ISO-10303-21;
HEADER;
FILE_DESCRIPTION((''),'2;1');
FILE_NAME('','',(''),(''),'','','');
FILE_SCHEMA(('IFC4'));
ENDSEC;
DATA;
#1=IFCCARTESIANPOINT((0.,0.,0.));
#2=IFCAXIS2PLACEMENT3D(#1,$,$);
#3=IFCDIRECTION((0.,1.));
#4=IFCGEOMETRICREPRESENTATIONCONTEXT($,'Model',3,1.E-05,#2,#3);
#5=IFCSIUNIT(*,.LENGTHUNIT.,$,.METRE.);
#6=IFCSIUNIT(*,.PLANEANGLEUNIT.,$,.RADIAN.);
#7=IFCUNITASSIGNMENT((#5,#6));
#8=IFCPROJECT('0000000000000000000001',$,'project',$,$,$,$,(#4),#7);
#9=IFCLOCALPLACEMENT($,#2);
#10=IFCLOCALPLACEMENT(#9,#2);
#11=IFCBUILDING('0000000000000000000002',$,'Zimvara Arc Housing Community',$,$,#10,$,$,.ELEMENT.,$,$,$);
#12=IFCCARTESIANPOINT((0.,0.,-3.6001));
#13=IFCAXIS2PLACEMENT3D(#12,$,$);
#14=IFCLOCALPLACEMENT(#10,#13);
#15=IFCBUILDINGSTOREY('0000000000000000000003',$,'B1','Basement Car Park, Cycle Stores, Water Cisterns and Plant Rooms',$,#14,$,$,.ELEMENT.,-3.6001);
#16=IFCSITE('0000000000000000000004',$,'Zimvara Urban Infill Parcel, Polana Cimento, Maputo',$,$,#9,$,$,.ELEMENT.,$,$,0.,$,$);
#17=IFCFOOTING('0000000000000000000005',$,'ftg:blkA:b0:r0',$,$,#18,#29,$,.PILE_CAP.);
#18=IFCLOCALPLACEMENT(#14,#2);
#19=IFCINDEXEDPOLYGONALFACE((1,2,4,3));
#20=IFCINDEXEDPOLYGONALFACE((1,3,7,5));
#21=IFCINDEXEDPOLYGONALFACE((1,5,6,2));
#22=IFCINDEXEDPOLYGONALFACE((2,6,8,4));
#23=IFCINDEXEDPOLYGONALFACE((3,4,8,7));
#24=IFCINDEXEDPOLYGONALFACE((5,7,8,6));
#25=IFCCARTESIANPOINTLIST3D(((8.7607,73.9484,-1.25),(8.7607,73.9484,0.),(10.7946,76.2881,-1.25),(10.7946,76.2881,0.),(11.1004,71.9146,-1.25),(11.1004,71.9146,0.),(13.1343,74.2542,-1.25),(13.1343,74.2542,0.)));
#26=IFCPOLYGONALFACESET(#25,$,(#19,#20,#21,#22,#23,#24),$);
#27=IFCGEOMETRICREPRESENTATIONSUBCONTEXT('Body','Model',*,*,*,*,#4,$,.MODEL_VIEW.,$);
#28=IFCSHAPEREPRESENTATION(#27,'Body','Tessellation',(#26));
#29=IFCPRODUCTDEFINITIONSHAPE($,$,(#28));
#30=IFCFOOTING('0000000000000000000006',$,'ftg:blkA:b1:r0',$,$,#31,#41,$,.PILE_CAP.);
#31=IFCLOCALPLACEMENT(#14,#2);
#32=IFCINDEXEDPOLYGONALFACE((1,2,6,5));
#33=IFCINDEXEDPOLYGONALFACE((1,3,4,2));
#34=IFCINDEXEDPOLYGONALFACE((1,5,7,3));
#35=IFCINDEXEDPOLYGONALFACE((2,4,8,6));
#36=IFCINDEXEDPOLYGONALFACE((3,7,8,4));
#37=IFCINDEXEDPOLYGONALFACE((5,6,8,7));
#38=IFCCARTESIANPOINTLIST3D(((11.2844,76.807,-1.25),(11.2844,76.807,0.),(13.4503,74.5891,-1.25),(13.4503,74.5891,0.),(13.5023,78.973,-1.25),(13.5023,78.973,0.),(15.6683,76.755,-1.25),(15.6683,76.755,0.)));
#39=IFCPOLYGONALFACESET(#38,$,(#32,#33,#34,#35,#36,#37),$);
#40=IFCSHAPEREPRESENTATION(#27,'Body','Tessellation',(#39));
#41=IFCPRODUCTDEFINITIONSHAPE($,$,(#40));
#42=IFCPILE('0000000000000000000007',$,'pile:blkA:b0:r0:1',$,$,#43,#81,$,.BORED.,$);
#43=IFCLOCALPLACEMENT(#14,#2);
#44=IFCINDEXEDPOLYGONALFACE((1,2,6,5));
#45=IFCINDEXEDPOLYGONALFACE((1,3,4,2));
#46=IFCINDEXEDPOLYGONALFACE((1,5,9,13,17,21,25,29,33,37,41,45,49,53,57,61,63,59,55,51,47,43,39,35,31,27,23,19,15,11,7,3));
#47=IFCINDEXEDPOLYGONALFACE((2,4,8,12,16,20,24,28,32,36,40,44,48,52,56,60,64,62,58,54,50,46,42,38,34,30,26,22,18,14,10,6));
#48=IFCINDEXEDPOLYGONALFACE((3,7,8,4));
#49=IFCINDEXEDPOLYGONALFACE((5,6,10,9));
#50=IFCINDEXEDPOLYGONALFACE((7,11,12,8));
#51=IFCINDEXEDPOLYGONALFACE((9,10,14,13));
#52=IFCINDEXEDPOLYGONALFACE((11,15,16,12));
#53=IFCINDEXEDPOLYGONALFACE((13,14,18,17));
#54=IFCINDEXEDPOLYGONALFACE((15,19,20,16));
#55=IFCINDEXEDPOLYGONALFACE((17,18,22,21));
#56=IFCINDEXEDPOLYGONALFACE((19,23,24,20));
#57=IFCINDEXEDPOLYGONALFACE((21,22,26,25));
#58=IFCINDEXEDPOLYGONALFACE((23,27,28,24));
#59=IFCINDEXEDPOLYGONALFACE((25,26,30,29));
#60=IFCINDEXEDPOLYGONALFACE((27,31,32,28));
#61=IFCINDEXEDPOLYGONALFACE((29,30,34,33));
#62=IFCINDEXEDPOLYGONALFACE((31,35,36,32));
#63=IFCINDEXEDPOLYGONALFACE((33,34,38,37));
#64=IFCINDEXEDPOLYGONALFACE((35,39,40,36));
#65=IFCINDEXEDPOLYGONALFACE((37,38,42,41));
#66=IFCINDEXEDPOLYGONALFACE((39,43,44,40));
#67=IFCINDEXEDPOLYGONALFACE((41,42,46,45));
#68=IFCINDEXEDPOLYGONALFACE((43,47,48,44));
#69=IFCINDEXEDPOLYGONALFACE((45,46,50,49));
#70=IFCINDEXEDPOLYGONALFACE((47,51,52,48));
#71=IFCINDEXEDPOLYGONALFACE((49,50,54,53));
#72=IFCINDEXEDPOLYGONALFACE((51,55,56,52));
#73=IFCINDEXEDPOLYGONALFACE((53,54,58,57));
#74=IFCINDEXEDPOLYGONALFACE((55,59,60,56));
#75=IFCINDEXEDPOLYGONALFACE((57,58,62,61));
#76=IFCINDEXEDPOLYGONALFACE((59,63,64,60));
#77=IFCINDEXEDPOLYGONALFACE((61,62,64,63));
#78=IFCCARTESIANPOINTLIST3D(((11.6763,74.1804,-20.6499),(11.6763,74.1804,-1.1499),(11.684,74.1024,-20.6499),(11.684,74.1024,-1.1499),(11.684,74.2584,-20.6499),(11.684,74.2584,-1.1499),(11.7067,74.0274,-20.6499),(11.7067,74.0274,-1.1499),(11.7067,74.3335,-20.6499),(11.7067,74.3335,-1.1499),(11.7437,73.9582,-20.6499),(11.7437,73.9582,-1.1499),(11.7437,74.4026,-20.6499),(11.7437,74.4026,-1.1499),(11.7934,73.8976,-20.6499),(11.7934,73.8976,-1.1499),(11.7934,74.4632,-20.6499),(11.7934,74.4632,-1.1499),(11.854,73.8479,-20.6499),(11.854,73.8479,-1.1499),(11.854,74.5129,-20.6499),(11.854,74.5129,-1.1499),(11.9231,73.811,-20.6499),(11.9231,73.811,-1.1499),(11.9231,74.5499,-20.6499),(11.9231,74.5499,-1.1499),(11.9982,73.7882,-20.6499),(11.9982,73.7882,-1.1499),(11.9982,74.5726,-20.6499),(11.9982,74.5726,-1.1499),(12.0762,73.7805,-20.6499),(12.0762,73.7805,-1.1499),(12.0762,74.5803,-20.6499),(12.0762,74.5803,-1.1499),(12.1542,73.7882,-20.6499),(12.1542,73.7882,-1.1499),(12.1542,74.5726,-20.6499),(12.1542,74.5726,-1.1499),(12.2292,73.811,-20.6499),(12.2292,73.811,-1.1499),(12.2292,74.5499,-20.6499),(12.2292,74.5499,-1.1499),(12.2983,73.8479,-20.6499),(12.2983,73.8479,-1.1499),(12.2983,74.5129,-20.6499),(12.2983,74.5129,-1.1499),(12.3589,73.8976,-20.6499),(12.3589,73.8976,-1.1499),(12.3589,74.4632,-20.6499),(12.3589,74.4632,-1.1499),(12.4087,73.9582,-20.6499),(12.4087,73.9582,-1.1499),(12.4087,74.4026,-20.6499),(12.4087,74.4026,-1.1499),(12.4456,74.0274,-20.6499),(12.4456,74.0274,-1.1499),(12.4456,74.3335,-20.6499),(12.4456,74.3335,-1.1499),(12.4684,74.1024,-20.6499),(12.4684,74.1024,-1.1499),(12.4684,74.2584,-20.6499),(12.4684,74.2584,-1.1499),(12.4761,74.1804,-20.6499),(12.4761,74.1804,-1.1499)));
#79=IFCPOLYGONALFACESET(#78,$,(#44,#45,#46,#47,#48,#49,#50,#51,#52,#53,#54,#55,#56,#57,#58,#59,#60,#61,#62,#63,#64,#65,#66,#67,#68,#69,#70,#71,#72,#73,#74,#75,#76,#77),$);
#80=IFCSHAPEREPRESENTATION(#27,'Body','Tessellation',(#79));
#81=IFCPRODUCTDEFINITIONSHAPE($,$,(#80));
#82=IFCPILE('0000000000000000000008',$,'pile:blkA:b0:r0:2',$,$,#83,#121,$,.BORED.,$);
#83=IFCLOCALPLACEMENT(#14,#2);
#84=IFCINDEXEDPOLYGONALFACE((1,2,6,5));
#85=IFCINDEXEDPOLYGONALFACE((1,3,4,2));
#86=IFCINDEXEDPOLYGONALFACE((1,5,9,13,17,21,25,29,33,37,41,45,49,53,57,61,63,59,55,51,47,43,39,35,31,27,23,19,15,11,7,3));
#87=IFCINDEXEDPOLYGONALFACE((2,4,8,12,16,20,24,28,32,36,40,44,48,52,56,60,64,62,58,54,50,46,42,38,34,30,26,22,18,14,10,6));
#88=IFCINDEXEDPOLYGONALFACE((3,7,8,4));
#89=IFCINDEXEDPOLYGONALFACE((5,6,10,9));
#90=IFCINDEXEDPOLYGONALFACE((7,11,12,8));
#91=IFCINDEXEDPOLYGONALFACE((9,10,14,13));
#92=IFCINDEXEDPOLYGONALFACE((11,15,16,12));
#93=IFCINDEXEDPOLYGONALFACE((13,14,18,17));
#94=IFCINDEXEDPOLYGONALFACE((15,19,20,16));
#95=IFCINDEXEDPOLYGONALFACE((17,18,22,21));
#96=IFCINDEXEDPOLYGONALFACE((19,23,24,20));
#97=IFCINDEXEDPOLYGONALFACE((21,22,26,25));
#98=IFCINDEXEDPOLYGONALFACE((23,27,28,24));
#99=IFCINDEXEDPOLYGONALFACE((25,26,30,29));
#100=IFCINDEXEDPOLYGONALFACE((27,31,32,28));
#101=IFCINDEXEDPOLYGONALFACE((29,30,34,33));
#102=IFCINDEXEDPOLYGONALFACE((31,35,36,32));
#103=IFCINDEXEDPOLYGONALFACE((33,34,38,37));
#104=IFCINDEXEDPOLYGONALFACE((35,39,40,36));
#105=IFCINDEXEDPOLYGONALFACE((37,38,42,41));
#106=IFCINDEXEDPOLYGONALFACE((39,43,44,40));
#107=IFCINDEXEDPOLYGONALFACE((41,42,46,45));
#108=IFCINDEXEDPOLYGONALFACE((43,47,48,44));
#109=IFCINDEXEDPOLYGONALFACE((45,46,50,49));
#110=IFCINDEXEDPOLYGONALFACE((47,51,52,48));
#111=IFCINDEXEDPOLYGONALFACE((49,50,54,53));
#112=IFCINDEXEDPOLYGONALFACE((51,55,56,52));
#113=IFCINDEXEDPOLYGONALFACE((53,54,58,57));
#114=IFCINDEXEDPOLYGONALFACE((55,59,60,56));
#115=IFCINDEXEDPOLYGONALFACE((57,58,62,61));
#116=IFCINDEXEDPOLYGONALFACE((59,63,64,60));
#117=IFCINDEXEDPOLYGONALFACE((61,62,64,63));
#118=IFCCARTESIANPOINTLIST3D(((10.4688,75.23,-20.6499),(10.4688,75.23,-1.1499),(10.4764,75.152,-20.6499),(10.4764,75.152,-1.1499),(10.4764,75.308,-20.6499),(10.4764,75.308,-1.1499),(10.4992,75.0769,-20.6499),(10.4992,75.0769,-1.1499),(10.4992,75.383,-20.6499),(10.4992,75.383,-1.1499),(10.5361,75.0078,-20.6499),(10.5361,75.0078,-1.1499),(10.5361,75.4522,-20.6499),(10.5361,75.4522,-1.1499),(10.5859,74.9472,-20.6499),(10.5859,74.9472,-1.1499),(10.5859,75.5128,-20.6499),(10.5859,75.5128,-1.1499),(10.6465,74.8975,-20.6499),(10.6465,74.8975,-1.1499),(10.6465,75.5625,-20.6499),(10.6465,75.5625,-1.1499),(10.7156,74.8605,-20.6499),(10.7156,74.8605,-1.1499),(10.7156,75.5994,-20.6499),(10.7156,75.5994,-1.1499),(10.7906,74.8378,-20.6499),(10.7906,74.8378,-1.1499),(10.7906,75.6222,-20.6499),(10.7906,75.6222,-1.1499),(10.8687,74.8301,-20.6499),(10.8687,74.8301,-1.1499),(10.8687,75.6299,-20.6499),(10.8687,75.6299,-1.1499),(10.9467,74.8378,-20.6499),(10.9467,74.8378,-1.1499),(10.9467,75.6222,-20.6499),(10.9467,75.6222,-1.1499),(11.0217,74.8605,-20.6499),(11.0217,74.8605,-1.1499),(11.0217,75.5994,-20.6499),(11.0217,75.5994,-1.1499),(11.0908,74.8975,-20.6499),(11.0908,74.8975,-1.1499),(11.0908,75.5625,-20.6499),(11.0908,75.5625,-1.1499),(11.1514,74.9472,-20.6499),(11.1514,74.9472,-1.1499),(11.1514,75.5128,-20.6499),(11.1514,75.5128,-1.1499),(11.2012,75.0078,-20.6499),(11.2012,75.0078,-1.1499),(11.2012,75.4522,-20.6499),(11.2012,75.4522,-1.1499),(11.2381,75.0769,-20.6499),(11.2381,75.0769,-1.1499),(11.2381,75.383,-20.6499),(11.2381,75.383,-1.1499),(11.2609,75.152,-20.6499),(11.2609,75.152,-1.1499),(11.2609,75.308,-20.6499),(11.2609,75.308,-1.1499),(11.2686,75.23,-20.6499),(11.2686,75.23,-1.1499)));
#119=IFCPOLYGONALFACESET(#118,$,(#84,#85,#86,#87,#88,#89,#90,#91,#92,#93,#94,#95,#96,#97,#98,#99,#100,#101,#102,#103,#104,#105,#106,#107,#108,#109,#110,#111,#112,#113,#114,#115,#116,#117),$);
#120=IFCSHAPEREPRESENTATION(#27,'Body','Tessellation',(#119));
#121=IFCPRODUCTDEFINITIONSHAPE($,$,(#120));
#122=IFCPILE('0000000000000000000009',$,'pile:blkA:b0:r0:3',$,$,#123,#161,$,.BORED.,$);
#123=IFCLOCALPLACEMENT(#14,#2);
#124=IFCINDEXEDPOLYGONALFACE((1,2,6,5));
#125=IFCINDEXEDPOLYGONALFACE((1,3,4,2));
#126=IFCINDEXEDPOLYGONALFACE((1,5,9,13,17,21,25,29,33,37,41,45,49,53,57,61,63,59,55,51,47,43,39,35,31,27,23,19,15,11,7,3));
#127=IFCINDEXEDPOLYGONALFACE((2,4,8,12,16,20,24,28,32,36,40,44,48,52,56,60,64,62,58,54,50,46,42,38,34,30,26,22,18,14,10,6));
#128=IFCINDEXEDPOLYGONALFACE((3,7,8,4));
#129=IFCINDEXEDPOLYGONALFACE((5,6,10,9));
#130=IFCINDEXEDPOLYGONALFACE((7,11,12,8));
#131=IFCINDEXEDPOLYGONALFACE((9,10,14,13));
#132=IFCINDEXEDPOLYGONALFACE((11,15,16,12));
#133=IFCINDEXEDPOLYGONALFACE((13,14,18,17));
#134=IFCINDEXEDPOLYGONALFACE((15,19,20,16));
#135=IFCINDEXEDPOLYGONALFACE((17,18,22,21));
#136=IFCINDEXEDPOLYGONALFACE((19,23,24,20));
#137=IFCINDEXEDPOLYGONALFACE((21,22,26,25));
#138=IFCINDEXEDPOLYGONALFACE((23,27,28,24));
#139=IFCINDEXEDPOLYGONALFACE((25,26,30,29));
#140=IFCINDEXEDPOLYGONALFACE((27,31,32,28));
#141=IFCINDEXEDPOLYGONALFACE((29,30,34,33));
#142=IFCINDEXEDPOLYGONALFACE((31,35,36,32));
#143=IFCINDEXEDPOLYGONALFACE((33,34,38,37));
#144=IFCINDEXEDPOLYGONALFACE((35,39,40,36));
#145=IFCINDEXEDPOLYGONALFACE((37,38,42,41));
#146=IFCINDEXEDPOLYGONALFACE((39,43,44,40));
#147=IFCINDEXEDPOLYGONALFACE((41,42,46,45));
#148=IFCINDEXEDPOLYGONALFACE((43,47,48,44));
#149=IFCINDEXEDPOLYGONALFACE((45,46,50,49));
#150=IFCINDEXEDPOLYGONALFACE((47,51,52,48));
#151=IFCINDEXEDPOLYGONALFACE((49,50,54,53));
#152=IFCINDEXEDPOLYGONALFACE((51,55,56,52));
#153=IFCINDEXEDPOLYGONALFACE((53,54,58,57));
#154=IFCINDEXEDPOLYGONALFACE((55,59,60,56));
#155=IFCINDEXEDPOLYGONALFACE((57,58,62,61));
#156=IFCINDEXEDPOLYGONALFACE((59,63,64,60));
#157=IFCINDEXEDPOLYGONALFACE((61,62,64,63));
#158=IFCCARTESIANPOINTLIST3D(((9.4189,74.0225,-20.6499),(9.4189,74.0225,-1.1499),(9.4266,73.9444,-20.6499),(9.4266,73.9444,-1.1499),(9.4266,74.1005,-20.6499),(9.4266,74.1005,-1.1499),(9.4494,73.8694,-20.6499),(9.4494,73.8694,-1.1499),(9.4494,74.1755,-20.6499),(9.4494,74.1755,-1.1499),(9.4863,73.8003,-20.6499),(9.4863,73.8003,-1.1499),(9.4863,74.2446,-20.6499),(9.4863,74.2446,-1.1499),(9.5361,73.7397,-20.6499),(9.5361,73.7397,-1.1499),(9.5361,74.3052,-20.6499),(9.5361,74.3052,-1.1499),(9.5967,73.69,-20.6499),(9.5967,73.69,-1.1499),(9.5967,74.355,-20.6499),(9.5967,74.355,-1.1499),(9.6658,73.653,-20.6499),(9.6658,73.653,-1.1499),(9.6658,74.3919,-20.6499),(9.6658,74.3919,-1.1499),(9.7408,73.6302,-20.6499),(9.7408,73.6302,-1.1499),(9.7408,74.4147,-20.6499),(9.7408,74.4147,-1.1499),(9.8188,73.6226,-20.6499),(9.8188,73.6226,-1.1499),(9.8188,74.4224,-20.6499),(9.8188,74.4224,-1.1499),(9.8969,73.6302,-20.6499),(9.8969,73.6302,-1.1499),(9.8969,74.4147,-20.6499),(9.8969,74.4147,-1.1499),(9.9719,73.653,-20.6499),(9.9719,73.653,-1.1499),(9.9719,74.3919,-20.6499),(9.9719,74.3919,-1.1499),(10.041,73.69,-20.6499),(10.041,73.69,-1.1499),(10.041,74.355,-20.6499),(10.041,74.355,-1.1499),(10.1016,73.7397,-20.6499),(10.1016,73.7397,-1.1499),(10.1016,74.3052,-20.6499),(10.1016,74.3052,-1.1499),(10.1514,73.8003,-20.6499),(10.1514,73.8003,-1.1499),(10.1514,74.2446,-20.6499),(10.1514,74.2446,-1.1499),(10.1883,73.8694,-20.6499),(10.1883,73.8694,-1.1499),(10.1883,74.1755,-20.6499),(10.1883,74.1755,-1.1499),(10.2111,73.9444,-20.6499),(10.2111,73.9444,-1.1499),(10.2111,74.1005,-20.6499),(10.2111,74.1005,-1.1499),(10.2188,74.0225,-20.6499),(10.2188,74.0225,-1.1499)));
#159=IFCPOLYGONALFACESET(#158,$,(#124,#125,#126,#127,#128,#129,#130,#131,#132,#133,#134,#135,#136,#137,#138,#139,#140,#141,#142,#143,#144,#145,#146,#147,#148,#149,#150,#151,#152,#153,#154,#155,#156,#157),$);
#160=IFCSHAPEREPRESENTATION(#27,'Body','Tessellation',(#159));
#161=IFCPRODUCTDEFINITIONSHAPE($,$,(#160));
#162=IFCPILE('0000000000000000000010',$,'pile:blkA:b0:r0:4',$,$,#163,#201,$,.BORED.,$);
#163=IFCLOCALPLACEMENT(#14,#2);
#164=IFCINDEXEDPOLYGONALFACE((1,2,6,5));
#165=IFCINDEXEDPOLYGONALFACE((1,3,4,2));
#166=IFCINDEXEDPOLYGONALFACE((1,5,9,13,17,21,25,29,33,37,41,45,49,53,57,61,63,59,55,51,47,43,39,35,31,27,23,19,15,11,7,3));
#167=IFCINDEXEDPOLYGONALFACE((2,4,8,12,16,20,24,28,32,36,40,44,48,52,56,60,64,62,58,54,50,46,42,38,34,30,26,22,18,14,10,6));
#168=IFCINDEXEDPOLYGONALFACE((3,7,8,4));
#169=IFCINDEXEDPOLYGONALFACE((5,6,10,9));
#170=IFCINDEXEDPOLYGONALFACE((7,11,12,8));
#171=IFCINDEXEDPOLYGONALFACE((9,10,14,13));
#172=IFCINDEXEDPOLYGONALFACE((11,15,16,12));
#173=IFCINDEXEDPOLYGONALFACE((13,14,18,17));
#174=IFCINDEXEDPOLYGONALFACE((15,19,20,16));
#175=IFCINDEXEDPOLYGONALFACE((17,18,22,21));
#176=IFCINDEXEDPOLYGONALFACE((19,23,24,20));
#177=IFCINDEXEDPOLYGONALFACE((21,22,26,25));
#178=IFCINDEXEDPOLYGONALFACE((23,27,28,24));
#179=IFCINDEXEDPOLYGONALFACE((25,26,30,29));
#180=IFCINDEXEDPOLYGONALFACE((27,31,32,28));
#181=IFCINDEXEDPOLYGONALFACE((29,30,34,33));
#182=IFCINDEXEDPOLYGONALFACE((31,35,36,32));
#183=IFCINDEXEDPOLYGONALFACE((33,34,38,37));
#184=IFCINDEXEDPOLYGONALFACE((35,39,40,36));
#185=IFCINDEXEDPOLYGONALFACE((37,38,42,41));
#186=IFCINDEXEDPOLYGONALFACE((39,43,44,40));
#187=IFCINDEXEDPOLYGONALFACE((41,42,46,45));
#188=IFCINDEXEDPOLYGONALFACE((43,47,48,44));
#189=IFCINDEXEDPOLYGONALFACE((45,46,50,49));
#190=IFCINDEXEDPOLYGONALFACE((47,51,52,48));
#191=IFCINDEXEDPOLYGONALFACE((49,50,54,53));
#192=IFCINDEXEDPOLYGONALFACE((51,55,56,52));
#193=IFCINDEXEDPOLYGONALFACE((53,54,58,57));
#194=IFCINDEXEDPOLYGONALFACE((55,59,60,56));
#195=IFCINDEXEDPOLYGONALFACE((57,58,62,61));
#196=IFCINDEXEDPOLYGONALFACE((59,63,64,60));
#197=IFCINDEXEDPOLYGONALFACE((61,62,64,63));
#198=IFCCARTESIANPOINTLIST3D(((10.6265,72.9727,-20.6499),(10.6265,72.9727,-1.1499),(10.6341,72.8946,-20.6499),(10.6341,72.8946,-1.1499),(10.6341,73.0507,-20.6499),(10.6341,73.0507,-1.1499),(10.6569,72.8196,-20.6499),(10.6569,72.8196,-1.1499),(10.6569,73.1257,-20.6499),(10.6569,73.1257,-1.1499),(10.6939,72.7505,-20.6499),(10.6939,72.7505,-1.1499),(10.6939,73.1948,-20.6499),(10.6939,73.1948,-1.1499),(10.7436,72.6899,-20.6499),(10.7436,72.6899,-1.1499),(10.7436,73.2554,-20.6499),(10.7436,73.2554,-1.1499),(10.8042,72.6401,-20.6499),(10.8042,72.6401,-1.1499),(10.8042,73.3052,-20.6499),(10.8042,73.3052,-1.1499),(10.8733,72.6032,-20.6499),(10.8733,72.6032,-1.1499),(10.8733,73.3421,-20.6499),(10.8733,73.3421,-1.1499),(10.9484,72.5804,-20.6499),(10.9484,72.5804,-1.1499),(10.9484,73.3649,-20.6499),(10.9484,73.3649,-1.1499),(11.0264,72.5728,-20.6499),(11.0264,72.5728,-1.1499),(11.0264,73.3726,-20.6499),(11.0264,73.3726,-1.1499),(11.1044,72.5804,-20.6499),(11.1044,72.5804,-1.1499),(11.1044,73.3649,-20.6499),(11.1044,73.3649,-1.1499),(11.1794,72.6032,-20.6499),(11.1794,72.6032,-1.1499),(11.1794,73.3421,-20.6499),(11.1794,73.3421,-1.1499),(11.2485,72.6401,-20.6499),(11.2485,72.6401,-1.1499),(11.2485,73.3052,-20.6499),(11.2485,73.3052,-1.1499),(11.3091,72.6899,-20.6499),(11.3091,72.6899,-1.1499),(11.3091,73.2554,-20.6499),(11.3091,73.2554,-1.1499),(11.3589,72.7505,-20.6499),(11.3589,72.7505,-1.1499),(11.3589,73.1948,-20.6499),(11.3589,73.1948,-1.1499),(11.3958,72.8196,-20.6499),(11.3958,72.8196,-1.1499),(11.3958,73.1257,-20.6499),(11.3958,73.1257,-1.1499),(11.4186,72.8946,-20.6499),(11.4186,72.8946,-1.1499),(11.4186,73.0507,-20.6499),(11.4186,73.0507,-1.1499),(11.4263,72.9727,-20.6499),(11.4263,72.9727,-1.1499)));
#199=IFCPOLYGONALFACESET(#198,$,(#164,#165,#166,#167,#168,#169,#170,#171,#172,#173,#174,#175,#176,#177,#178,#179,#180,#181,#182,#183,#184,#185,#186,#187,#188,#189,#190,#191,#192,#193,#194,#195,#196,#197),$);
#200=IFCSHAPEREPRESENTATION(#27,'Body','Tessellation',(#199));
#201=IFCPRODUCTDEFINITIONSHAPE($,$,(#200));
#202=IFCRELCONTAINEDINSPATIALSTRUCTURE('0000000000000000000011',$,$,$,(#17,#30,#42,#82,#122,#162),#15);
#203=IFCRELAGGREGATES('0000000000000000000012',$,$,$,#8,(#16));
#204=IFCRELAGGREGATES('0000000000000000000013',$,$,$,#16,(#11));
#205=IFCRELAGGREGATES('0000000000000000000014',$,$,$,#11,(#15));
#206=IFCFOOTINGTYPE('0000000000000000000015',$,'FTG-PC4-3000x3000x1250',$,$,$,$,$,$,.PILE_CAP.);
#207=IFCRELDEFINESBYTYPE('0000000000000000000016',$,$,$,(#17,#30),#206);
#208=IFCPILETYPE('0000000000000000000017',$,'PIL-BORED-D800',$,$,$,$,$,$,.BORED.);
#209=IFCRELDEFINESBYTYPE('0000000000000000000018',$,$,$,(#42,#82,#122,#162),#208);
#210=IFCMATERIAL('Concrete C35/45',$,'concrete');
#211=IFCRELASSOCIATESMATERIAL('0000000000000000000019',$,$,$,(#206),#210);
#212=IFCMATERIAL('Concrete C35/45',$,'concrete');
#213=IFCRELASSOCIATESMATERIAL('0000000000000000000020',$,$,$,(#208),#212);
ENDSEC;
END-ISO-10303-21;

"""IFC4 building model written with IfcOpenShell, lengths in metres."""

from ifc_helpers import new_model, si_unit, direction, frame, origin, origin_2d, place, context, subcontext, project, spatial, rectangle, circle, extrude, material, material_profile, profile_set, type_object, element, save


model = new_model("IFC4")

# Units and contexts
model_context = context("Model", 3, precision=1e-05, world=origin(), true_north=direction((0.0, 1.0)))
body_context = subcontext(model_context, "Body", "Model", "MODEL_VIEW")
ifc_project = project(units=[si_unit("LENGTHUNIT", "METRE"), si_unit("PLANEANGLEUNIT", "RADIAN")], contexts=[model_context])

# Site, building, storey
site_placement = place(None, origin())
site = spatial("IfcSite", under=ifc_project, at=site_placement, Name="Zimvara Urban Infill Parcel, Polana Cimento, Maputo", CompositionType="ELEMENT", RefElevation=0.0)
building_placement = place(site_placement, origin())
building = spatial("IfcBuilding", under=site, at=building_placement, Name="Zimvara Arc Housing Community", CompositionType="ELEMENT")
storey_placement = place(building_placement, frame((0.0, 0.0, -3.6001)))
storey = spatial("IfcBuildingStorey", under=building, at=storey_placement, Name="B1", Description="Basement Car Park, Cycle Stores, Water Cisterns and Plant Rooms", CompositionType="ELEMENT", Elevation=-3.6001)

# Footings
ifc_material_1 = material(Name="Concrete C35/45", Category="concrete")
footing_type = type_object("IfcFootingType", Name="FTG-PC4-3000x3000x1250", PredefinedType="PILE_CAP", material=ifc_material_1)
for number, where, z_axis, x_axis, name in (
    (1, (10.9475, 74.1013, -1.25), (0.0, 0.0, 1.0), (-0.75471, 0.656059, 0.0), "ftg:blkA:b0:r0"),
    (2, (13.4763, 76.781, -1.25), (0.0, 0.0, 1.0), (-0.698665, 0.715449, 0.0), "ftg:blkA:b1:r0"),
):
    element("IfcFooting", number, at=place(storey_placement, frame(where, z_axis=z_axis, x_axis=x_axis)), inside=storey, type_object=footing_type, Name=name, PredefinedType="PILE_CAP", context=body_context, shape_type="SweptSolid", body=[
        extrude(rectangle(XDim=3.1001, YDim=3.1001, at=origin_2d()), origin(), (0.0, 0.0, 1.0), 1.25),
    ])

# Piles
ifc_material_2 = material(Name="Concrete C35/45", Category="concrete")
ifc_material_profile_1 = material_profile(ifc_material_2, circle(Radius=0.3999, at=origin_2d()), Name="PILE D800")
ifc_profile_set_1 = profile_set([ifc_material_profile_1], Name="Concrete C35/45")
pile_type = type_object("IfcPileType", Name="PIL-BORED-D800", PredefinedType="BORED", material=ifc_profile_set_1)
for number, where, z_axis, x_axis, name in (
    (3, (12.0762, 74.1804, -1.1499), (0.0, 0.0, -1.0), (1.0, 0.0, 0.0), "pile:blkA:b0:r0:1"),
    (4, (10.8687, 75.23, -1.1499), (0.0, 0.0, -1.0), (1.0, 0.0, 0.0), "pile:blkA:b0:r0:2"),
    (5, (9.8188, 74.0225, -1.1499), (0.0, 0.0, -1.0), (1.0, 0.0, 0.0), "pile:blkA:b0:r0:3"),
    (6, (11.0264, 72.9727, -1.1499), (0.0, 0.0, -1.0), (1.0, 0.0, 0.0), "pile:blkA:b0:r0:4"),
):
    element("IfcPile", number, at=place(storey_placement, frame(where, z_axis=z_axis, x_axis=x_axis)), inside=storey, type_object=pile_type, Name=name, PredefinedType="BORED", context=body_context, shape_type="SweptSolid", body=[
        extrude(circle(Radius=0.3999, at=origin_2d()), origin(), (0.0, 0.0, 1.0), 19.5),
    ])

save(model, "model.ifc")
